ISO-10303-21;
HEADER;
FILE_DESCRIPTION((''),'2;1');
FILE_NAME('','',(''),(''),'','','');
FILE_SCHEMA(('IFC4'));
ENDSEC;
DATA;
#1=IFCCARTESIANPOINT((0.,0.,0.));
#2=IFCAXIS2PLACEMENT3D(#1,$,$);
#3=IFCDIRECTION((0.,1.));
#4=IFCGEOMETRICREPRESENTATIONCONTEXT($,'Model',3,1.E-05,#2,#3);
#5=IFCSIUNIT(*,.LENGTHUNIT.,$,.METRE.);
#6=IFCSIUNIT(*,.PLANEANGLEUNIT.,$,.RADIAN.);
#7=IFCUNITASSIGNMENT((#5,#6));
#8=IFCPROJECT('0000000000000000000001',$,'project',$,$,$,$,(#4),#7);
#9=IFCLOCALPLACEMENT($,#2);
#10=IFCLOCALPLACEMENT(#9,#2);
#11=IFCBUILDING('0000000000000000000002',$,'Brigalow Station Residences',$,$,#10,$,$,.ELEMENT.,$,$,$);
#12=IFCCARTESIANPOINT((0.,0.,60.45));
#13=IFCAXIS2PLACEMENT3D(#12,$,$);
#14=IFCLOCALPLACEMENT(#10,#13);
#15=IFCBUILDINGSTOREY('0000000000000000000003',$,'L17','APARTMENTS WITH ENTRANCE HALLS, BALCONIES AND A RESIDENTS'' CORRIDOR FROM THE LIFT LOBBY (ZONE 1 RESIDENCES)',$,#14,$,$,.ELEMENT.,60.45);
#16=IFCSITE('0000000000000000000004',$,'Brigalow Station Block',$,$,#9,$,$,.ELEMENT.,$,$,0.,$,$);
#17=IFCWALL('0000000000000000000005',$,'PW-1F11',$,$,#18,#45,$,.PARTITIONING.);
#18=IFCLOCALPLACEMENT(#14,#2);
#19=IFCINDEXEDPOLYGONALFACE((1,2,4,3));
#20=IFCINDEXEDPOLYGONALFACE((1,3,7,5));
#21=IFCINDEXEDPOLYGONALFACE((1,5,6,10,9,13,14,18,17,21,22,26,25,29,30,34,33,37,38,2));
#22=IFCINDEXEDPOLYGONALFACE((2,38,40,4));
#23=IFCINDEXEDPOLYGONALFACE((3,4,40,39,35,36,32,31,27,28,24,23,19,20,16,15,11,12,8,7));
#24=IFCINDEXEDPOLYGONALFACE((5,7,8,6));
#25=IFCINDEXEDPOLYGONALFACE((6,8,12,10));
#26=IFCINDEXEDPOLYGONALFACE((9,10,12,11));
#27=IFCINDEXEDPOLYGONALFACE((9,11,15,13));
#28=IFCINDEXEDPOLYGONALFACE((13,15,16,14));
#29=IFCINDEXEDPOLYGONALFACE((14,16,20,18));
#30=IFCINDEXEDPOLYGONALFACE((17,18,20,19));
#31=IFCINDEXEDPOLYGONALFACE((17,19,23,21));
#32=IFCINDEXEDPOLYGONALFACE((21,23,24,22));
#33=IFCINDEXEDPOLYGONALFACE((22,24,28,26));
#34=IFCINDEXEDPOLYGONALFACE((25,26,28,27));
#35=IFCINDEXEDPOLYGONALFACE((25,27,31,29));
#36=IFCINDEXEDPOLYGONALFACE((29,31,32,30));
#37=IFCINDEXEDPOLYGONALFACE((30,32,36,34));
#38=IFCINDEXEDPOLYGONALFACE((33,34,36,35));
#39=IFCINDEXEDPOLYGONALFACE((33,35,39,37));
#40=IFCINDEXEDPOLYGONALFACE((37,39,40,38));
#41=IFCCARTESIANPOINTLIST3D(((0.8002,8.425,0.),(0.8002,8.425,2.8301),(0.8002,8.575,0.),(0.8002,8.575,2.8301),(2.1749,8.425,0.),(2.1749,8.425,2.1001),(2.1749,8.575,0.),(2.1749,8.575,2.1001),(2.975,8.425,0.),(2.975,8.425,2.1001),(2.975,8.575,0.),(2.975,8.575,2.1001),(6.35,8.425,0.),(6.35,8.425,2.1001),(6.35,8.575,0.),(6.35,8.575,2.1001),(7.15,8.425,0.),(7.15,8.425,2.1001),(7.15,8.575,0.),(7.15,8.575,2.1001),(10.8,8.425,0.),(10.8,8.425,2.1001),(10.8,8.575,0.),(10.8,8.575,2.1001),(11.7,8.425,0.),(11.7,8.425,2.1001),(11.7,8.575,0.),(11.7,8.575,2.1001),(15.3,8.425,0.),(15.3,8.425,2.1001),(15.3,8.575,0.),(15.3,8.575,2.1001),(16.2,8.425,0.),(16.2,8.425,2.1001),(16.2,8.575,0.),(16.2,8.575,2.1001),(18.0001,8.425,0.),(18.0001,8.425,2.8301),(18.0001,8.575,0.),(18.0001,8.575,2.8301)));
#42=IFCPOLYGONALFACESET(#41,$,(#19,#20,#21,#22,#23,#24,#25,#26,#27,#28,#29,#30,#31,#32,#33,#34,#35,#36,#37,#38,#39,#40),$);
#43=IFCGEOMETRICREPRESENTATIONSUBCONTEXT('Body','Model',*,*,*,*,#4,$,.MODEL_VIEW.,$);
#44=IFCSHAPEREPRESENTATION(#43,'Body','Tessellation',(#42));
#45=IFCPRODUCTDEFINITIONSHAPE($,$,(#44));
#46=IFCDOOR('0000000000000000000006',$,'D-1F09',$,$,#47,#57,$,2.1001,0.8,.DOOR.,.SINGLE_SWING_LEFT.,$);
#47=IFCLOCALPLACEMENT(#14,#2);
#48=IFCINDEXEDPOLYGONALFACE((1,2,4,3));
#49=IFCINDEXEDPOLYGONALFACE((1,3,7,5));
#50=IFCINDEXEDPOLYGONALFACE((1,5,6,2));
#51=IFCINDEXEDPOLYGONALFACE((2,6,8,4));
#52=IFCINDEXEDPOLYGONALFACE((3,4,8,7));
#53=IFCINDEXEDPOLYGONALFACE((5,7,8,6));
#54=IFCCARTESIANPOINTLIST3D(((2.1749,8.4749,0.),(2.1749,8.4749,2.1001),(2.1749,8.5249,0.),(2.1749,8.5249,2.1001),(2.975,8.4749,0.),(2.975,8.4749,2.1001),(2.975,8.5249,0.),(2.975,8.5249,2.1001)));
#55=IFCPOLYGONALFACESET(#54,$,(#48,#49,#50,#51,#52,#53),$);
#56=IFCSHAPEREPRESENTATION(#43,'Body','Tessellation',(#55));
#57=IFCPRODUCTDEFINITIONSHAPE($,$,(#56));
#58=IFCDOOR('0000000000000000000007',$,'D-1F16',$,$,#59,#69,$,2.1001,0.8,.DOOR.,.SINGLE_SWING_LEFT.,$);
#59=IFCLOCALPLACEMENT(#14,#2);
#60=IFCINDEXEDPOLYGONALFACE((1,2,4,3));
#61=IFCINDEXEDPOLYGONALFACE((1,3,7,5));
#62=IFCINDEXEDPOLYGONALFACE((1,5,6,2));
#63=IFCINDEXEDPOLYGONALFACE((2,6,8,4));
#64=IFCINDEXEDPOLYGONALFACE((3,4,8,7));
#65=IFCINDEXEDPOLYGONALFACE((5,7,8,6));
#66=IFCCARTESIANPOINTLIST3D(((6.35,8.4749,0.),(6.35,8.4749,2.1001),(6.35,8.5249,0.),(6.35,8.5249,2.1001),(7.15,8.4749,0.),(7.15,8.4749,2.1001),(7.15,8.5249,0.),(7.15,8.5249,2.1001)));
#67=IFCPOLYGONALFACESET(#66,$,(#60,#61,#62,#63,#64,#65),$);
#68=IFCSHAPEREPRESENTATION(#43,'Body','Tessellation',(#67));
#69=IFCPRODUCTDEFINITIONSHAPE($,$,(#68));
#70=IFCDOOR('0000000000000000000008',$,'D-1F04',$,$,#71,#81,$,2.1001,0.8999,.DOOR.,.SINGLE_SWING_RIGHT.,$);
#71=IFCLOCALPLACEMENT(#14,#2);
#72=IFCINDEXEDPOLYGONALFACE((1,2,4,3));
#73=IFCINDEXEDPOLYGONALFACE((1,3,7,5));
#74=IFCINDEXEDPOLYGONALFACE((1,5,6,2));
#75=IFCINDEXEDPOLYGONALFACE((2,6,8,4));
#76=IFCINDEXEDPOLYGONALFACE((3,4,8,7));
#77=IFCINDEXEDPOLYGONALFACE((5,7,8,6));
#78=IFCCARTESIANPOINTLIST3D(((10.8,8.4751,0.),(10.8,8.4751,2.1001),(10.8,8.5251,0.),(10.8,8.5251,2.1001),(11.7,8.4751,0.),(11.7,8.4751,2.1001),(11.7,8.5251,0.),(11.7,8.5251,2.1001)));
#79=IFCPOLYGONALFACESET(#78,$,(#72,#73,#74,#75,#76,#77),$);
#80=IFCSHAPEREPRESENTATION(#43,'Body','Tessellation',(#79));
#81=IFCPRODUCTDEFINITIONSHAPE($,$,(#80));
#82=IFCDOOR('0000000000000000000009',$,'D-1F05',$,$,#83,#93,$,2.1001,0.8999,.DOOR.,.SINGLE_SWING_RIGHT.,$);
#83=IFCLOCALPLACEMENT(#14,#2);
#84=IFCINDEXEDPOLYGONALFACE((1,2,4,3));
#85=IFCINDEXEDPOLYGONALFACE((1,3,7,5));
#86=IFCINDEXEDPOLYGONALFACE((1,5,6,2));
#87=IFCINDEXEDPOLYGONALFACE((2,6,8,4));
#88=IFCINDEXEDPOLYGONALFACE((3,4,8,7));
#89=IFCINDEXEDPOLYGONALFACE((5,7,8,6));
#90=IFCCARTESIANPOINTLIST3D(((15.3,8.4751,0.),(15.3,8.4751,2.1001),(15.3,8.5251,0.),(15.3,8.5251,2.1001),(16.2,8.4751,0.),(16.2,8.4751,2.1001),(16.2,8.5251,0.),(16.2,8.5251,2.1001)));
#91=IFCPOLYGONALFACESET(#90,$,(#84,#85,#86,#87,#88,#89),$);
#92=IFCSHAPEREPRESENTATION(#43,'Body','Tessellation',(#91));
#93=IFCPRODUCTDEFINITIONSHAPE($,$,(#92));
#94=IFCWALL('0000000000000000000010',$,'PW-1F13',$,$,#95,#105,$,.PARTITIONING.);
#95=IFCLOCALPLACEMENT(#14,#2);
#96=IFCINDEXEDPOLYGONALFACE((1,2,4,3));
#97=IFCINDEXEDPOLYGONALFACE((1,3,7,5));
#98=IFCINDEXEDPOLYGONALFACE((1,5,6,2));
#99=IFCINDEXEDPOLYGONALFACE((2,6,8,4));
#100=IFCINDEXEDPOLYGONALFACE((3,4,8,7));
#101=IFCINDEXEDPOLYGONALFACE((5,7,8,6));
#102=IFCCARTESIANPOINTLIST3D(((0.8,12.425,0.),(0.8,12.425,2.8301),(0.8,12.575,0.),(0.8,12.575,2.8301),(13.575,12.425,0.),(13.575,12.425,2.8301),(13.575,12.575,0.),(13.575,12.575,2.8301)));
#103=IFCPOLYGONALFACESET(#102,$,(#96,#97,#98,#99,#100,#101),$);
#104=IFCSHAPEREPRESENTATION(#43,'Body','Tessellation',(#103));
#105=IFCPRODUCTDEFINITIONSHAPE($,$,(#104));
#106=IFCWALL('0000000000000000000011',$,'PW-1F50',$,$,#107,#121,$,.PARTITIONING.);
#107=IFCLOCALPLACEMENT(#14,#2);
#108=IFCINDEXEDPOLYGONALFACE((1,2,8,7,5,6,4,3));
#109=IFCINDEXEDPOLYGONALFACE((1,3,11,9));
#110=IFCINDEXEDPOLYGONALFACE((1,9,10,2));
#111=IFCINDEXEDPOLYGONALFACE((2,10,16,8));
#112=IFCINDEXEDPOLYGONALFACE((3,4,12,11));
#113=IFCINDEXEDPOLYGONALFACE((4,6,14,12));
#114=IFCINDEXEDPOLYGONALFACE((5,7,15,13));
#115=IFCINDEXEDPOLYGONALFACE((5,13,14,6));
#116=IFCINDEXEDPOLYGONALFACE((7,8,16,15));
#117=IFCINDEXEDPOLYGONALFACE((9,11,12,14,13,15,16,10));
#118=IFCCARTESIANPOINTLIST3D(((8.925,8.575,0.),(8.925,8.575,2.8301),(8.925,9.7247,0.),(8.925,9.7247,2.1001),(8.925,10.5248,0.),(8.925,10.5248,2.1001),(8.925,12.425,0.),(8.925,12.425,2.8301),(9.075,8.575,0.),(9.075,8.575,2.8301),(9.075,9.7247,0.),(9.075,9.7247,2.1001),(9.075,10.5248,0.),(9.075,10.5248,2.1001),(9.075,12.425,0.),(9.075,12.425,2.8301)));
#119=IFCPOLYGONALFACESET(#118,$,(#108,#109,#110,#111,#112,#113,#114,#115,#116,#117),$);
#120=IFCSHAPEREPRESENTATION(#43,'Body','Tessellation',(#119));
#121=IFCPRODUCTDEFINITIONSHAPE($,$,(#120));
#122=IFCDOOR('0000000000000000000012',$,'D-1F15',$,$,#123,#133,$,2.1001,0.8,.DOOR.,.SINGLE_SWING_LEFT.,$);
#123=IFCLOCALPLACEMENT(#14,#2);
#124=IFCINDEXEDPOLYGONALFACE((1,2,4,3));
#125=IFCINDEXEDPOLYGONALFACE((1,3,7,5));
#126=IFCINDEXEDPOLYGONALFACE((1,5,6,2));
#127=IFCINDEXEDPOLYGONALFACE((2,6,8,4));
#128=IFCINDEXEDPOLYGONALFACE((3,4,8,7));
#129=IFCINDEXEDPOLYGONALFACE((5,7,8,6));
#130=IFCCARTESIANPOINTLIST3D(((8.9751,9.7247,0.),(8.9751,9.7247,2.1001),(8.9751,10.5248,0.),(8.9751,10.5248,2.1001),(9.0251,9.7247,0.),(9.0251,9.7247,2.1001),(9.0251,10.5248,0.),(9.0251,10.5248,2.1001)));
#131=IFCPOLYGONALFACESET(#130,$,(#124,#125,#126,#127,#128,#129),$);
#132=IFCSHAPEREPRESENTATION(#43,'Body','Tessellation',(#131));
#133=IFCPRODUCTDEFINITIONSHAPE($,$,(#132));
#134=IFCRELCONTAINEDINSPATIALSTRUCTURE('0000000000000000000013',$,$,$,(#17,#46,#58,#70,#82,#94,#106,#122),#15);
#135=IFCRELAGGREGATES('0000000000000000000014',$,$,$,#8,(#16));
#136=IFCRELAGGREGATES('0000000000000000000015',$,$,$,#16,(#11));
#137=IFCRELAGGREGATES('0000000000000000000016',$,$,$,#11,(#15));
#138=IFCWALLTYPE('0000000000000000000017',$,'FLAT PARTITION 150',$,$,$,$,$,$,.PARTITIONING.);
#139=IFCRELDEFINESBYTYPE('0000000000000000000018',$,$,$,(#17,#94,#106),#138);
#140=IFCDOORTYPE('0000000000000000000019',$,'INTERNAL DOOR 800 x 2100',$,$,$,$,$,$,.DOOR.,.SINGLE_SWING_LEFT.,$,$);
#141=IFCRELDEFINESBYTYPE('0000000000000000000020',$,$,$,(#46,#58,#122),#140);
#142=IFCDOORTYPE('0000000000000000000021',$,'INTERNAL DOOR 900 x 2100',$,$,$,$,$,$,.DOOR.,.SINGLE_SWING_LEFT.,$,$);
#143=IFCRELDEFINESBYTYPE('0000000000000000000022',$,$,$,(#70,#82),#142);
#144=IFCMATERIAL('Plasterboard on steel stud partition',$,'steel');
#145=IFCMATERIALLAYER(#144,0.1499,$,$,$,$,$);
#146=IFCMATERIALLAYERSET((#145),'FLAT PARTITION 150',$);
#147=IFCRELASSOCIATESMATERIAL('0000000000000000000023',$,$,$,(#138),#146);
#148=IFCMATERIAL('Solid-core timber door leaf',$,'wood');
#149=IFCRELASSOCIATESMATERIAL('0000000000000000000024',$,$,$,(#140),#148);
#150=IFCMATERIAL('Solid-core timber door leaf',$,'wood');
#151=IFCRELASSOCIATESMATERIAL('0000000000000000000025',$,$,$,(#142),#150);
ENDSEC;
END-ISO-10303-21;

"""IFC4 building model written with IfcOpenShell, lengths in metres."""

from ifc_helpers import new_model, si_unit, direction, frame, frame_2d, origin, place, context, subcontext, project, spatial, rectangle, extrude, material, layer, layer_set, type_object, element, fill, save


model = new_model("IFC4")

# Units and contexts
model_context = context("Model", 3, precision=1e-05, world=origin(), true_north=direction((0.0, 1.0)))
body_context = subcontext(model_context, "Body", "Model", "MODEL_VIEW")
ifc_project = project(units=[si_unit("LENGTHUNIT", "METRE"), si_unit("PLANEANGLEUNIT", "RADIAN")], contexts=[model_context])

# Site, building, storey
site_placement = place(None, origin())
site = spatial("IfcSite", under=ifc_project, at=site_placement, Name="Brigalow Station Block", CompositionType="ELEMENT", RefElevation=0.0)
building_placement = place(site_placement, origin())
building = spatial("IfcBuilding", under=site, at=building_placement, Name="Brigalow Station Residences", CompositionType="ELEMENT")
storey_placement = place(building_placement, frame((0.0, 0.0, 60.45)))
storey = spatial("IfcBuildingStorey", under=building, at=storey_placement, Name="L17", Description="APARTMENTS WITH ENTRANCE HALLS, BALCONIES AND A RESIDENTS' CORRIDOR FROM THE LIFT LOBBY (ZONE 1 RESIDENCES)", CompositionType="ELEMENT", Elevation=60.45)

# Wall, openings, doors
ifc_material_1 = material(Name="Plasterboard on steel stud partition", Category="steel")
ifc_layer_1 = layer(ifc_material_1, 0.1499)
ifc_layer_set_1 = layer_set([ifc_layer_1], Name="FLAT PARTITION 150")
wall_type_1 = type_object("IfcWallType", Name="FLAT PARTITION 150", PredefinedType="PARTITIONING", material=ifc_layer_set_1)
wall_1_placement = place(storey_placement, frame((0.8, 8.5, 0.0), z_axis=(0.0, 0.0, 1.0), x_axis=(1.0, 0.0, 0.0)))
wall_1 = element("IfcWall", 1, at=wall_1_placement, inside=storey, type_object=wall_type_1, Name="PW-1F11", PredefinedType="PARTITIONING", context=body_context, shape_type="SweptSolid", body=[
    extrude(rectangle(XDim=17.2, YDim=0.1499, at=frame_2d((8.6001, 0.0))), origin(), (0.0, 0.0, 1.0), 2.8301),
])
opening_1_placement = place(wall_1_placement, frame((10.0, 0.0, 0.0)))
opening_1 = element("IfcOpeningElement", 2, at=opening_1_placement, cuts=wall_1, PredefinedType="OPENING", context=body_context, shape_type="SweptSolid", body=[
    extrude(rectangle(XDim=0.8999, YDim=2.1001, at=frame_2d((0.45, 1.05))), frame((0.0, 0.085, 0.0), z_axis=(0.0, -1.0, 0.0), x_axis=(1.0, 0.0, 0.0)), (0.0, 0.0, 1.0), 0.1699),
])
opening_2_placement = place(wall_1_placement, frame((14.5, 0.0, 0.0)))
opening_2 = element("IfcOpeningElement", 3, at=opening_2_placement, cuts=wall_1, PredefinedType="OPENING", context=body_context, shape_type="SweptSolid", body=[
    extrude(rectangle(XDim=0.8999, YDim=2.1001, at=frame_2d((0.45, 1.05))), frame((0.0, 0.085, 0.0), z_axis=(0.0, -1.0, 0.0), x_axis=(1.0, 0.0, 0.0)), (0.0, 0.0, 1.0), 0.1699),
])
opening_3_placement = place(wall_1_placement, frame((1.375, 0.0, 0.0)))
opening_3 = element("IfcOpeningElement", 4, at=opening_3_placement, cuts=wall_1, PredefinedType="OPENING", context=body_context, shape_type="SweptSolid", body=[
    extrude(rectangle(XDim=0.8, YDim=2.1001, at=frame_2d((0.3999, 1.05))), frame((0.0, 0.085, 0.0), z_axis=(0.0, -1.0, 0.0), x_axis=(1.0, 0.0, 0.0)), (0.0, 0.0, 1.0), 0.1699),
])
opening_4_placement = place(wall_1_placement, frame((5.55, 0.0, 0.0)))
opening_4 = element("IfcOpeningElement", 5, at=opening_4_placement, cuts=wall_1, PredefinedType="OPENING", context=body_context, shape_type="SweptSolid", body=[
    extrude(rectangle(XDim=0.8, YDim=2.1001, at=frame_2d((0.3999, 1.05))), frame((0.0, 0.085, 0.0), z_axis=(0.0, -1.0, 0.0), x_axis=(1.0, 0.0, 0.0)), (0.0, 0.0, 1.0), 0.1699),
])
ifc_material_2 = material(Name="Solid-core timber door leaf", Category="wood")
door_type_1 = type_object("IfcDoorType", Name="INTERNAL DOOR 800 x 2100", OperationType="SINGLE_SWING_LEFT", PredefinedType="DOOR", material=ifc_material_2)
door_1_placement = place(opening_3_placement, origin())
door_1 = element("IfcDoor", 6, at=door_1_placement, inside=storey, type_object=door_type_1, Name="D-1F09", OperationType="SINGLE_SWING_LEFT", OverallHeight=2.1001, OverallWidth=0.8, PredefinedType="DOOR", context=body_context, shape_type="SweptSolid", body=[
    extrude(rectangle(XDim=0.8, YDim=2.1001, at=frame_2d((0.3999, 1.05))), frame((0.0, 0.0249, 0.0), z_axis=(0.0, -1.0, 0.0), x_axis=(1.0, 0.0, 0.0)), (0.0, 0.0, 1.0), 0.05),
])
fill(opening_3, door_1)
door_2_placement = place(opening_4_placement, origin())
door_2 = element("IfcDoor", 7, at=door_2_placement, inside=storey, type_object=door_type_1, Name="D-1F16", OperationType="SINGLE_SWING_LEFT", OverallHeight=2.1001, OverallWidth=0.8, PredefinedType="DOOR", context=body_context, shape_type="SweptSolid", body=[
    extrude(rectangle(XDim=0.8, YDim=2.1001, at=frame_2d((0.3999, 1.05))), frame((0.0, 0.0249, 0.0), z_axis=(0.0, -1.0, 0.0), x_axis=(1.0, 0.0, 0.0)), (0.0, 0.0, 1.0), 0.05),
])
fill(opening_4, door_2)
ifc_material_3 = material(Name="Solid-core timber door leaf", Category="wood")
door_type_2 = type_object("IfcDoorType", Name="INTERNAL DOOR 900 x 2100", OperationType="SINGLE_SWING_LEFT", PredefinedType="DOOR", material=ifc_material_3)
door_3_placement = place(opening_1_placement, frame((0.8999, 0.0, 0.0), z_axis=(0.0, 0.0, 1.0), x_axis=(-1.0, 0.0, 0.0)))
door_3 = element("IfcDoor", 8, at=door_3_placement, inside=storey, type_object=door_type_2, Name="D-1F04", OperationType="SINGLE_SWING_RIGHT", OverallHeight=2.1001, OverallWidth=0.8999, PredefinedType="DOOR", context=body_context, shape_type="SweptSolid", body=[
    extrude(rectangle(XDim=0.8999, YDim=2.1001, at=frame_2d((0.45, 1.05))), frame((0.0, 0.0249, 0.0), z_axis=(0.0, -1.0, 0.0), x_axis=(1.0, 0.0, 0.0)), (0.0, 0.0, 1.0), 0.05),
])
fill(opening_1, door_3)
door_4_placement = place(opening_2_placement, frame((0.8999, 0.0, 0.0), z_axis=(0.0, 0.0, 1.0), x_axis=(-1.0, 0.0, 0.0)))
door_4 = element("IfcDoor", 9, at=door_4_placement, inside=storey, type_object=door_type_2, Name="D-1F05", OperationType="SINGLE_SWING_RIGHT", OverallHeight=2.1001, OverallWidth=0.8999, PredefinedType="DOOR", context=body_context, shape_type="SweptSolid", body=[
    extrude(rectangle(XDim=0.8999, YDim=2.1001, at=frame_2d((0.45, 1.05))), frame((0.0, 0.0249, 0.0), z_axis=(0.0, -1.0, 0.0), x_axis=(1.0, 0.0, 0.0)), (0.0, 0.0, 1.0), 0.05),
])
fill(opening_2, door_4)

# Wall
wall_2_placement = place(storey_placement, frame((0.8, 12.5, 0.0), z_axis=(0.0, 0.0, 1.0), x_axis=(1.0, 0.0, 0.0)))
element("IfcWall", 10, at=wall_2_placement, inside=storey, type_object=wall_type_1, Name="PW-1F13", PredefinedType="PARTITIONING", context=body_context, shape_type="SweptSolid", body=[
    extrude(rectangle(XDim=12.7749, YDim=0.1499, at=frame_2d((6.3875, 0.0))), origin(), (0.0, 0.0, 1.0), 2.8301),
])

# Wall, opening, door
wall_3_placement = place(storey_placement, frame((9.0, 8.575, 0.0), z_axis=(0.0, 0.0, 1.0), x_axis=(0.0, 1.0, 0.0)))
wall_3 = element("IfcWall", 11, at=wall_3_placement, inside=storey, type_object=wall_type_1, Name="PW-1F50", PredefinedType="PARTITIONING", context=body_context, shape_type="SweptSolid", body=[
    extrude(rectangle(XDim=3.8501, YDim=0.1499, at=frame_2d((1.925, 0.0))), origin(), (0.0, 0.0, 1.0), 2.8301),
])
opening_5_placement = place(wall_3_placement, frame((1.1499, 0.0, 0.0)))
opening_5 = element("IfcOpeningElement", 12, at=opening_5_placement, cuts=wall_3, PredefinedType="OPENING", context=body_context, shape_type="SweptSolid", body=[
    extrude(rectangle(XDim=0.8, YDim=2.1001, at=frame_2d((0.3999, 1.05))), frame((0.0, 0.085, 0.0), z_axis=(0.0, -1.0, 0.0), x_axis=(1.0, 0.0, 0.0)), (0.0, 0.0, 1.0), 0.1699),
])
door_5_placement = place(opening_5_placement, origin())
door_5 = element("IfcDoor", 13, at=door_5_placement, inside=storey, type_object=door_type_1, Name="D-1F15", OperationType="SINGLE_SWING_LEFT", OverallHeight=2.1001, OverallWidth=0.8, PredefinedType="DOOR", context=body_context, shape_type="SweptSolid", body=[
    extrude(rectangle(XDim=0.8, YDim=2.1001, at=frame_2d((0.3999, 1.05))), frame((0.0, 0.0249, 0.0), z_axis=(0.0, -1.0, 0.0), x_axis=(1.0, 0.0, 0.0)), (0.0, 0.0, 1.0), 0.05),
])
fill(opening_5, door_5)

save(model, "model.ifc")
